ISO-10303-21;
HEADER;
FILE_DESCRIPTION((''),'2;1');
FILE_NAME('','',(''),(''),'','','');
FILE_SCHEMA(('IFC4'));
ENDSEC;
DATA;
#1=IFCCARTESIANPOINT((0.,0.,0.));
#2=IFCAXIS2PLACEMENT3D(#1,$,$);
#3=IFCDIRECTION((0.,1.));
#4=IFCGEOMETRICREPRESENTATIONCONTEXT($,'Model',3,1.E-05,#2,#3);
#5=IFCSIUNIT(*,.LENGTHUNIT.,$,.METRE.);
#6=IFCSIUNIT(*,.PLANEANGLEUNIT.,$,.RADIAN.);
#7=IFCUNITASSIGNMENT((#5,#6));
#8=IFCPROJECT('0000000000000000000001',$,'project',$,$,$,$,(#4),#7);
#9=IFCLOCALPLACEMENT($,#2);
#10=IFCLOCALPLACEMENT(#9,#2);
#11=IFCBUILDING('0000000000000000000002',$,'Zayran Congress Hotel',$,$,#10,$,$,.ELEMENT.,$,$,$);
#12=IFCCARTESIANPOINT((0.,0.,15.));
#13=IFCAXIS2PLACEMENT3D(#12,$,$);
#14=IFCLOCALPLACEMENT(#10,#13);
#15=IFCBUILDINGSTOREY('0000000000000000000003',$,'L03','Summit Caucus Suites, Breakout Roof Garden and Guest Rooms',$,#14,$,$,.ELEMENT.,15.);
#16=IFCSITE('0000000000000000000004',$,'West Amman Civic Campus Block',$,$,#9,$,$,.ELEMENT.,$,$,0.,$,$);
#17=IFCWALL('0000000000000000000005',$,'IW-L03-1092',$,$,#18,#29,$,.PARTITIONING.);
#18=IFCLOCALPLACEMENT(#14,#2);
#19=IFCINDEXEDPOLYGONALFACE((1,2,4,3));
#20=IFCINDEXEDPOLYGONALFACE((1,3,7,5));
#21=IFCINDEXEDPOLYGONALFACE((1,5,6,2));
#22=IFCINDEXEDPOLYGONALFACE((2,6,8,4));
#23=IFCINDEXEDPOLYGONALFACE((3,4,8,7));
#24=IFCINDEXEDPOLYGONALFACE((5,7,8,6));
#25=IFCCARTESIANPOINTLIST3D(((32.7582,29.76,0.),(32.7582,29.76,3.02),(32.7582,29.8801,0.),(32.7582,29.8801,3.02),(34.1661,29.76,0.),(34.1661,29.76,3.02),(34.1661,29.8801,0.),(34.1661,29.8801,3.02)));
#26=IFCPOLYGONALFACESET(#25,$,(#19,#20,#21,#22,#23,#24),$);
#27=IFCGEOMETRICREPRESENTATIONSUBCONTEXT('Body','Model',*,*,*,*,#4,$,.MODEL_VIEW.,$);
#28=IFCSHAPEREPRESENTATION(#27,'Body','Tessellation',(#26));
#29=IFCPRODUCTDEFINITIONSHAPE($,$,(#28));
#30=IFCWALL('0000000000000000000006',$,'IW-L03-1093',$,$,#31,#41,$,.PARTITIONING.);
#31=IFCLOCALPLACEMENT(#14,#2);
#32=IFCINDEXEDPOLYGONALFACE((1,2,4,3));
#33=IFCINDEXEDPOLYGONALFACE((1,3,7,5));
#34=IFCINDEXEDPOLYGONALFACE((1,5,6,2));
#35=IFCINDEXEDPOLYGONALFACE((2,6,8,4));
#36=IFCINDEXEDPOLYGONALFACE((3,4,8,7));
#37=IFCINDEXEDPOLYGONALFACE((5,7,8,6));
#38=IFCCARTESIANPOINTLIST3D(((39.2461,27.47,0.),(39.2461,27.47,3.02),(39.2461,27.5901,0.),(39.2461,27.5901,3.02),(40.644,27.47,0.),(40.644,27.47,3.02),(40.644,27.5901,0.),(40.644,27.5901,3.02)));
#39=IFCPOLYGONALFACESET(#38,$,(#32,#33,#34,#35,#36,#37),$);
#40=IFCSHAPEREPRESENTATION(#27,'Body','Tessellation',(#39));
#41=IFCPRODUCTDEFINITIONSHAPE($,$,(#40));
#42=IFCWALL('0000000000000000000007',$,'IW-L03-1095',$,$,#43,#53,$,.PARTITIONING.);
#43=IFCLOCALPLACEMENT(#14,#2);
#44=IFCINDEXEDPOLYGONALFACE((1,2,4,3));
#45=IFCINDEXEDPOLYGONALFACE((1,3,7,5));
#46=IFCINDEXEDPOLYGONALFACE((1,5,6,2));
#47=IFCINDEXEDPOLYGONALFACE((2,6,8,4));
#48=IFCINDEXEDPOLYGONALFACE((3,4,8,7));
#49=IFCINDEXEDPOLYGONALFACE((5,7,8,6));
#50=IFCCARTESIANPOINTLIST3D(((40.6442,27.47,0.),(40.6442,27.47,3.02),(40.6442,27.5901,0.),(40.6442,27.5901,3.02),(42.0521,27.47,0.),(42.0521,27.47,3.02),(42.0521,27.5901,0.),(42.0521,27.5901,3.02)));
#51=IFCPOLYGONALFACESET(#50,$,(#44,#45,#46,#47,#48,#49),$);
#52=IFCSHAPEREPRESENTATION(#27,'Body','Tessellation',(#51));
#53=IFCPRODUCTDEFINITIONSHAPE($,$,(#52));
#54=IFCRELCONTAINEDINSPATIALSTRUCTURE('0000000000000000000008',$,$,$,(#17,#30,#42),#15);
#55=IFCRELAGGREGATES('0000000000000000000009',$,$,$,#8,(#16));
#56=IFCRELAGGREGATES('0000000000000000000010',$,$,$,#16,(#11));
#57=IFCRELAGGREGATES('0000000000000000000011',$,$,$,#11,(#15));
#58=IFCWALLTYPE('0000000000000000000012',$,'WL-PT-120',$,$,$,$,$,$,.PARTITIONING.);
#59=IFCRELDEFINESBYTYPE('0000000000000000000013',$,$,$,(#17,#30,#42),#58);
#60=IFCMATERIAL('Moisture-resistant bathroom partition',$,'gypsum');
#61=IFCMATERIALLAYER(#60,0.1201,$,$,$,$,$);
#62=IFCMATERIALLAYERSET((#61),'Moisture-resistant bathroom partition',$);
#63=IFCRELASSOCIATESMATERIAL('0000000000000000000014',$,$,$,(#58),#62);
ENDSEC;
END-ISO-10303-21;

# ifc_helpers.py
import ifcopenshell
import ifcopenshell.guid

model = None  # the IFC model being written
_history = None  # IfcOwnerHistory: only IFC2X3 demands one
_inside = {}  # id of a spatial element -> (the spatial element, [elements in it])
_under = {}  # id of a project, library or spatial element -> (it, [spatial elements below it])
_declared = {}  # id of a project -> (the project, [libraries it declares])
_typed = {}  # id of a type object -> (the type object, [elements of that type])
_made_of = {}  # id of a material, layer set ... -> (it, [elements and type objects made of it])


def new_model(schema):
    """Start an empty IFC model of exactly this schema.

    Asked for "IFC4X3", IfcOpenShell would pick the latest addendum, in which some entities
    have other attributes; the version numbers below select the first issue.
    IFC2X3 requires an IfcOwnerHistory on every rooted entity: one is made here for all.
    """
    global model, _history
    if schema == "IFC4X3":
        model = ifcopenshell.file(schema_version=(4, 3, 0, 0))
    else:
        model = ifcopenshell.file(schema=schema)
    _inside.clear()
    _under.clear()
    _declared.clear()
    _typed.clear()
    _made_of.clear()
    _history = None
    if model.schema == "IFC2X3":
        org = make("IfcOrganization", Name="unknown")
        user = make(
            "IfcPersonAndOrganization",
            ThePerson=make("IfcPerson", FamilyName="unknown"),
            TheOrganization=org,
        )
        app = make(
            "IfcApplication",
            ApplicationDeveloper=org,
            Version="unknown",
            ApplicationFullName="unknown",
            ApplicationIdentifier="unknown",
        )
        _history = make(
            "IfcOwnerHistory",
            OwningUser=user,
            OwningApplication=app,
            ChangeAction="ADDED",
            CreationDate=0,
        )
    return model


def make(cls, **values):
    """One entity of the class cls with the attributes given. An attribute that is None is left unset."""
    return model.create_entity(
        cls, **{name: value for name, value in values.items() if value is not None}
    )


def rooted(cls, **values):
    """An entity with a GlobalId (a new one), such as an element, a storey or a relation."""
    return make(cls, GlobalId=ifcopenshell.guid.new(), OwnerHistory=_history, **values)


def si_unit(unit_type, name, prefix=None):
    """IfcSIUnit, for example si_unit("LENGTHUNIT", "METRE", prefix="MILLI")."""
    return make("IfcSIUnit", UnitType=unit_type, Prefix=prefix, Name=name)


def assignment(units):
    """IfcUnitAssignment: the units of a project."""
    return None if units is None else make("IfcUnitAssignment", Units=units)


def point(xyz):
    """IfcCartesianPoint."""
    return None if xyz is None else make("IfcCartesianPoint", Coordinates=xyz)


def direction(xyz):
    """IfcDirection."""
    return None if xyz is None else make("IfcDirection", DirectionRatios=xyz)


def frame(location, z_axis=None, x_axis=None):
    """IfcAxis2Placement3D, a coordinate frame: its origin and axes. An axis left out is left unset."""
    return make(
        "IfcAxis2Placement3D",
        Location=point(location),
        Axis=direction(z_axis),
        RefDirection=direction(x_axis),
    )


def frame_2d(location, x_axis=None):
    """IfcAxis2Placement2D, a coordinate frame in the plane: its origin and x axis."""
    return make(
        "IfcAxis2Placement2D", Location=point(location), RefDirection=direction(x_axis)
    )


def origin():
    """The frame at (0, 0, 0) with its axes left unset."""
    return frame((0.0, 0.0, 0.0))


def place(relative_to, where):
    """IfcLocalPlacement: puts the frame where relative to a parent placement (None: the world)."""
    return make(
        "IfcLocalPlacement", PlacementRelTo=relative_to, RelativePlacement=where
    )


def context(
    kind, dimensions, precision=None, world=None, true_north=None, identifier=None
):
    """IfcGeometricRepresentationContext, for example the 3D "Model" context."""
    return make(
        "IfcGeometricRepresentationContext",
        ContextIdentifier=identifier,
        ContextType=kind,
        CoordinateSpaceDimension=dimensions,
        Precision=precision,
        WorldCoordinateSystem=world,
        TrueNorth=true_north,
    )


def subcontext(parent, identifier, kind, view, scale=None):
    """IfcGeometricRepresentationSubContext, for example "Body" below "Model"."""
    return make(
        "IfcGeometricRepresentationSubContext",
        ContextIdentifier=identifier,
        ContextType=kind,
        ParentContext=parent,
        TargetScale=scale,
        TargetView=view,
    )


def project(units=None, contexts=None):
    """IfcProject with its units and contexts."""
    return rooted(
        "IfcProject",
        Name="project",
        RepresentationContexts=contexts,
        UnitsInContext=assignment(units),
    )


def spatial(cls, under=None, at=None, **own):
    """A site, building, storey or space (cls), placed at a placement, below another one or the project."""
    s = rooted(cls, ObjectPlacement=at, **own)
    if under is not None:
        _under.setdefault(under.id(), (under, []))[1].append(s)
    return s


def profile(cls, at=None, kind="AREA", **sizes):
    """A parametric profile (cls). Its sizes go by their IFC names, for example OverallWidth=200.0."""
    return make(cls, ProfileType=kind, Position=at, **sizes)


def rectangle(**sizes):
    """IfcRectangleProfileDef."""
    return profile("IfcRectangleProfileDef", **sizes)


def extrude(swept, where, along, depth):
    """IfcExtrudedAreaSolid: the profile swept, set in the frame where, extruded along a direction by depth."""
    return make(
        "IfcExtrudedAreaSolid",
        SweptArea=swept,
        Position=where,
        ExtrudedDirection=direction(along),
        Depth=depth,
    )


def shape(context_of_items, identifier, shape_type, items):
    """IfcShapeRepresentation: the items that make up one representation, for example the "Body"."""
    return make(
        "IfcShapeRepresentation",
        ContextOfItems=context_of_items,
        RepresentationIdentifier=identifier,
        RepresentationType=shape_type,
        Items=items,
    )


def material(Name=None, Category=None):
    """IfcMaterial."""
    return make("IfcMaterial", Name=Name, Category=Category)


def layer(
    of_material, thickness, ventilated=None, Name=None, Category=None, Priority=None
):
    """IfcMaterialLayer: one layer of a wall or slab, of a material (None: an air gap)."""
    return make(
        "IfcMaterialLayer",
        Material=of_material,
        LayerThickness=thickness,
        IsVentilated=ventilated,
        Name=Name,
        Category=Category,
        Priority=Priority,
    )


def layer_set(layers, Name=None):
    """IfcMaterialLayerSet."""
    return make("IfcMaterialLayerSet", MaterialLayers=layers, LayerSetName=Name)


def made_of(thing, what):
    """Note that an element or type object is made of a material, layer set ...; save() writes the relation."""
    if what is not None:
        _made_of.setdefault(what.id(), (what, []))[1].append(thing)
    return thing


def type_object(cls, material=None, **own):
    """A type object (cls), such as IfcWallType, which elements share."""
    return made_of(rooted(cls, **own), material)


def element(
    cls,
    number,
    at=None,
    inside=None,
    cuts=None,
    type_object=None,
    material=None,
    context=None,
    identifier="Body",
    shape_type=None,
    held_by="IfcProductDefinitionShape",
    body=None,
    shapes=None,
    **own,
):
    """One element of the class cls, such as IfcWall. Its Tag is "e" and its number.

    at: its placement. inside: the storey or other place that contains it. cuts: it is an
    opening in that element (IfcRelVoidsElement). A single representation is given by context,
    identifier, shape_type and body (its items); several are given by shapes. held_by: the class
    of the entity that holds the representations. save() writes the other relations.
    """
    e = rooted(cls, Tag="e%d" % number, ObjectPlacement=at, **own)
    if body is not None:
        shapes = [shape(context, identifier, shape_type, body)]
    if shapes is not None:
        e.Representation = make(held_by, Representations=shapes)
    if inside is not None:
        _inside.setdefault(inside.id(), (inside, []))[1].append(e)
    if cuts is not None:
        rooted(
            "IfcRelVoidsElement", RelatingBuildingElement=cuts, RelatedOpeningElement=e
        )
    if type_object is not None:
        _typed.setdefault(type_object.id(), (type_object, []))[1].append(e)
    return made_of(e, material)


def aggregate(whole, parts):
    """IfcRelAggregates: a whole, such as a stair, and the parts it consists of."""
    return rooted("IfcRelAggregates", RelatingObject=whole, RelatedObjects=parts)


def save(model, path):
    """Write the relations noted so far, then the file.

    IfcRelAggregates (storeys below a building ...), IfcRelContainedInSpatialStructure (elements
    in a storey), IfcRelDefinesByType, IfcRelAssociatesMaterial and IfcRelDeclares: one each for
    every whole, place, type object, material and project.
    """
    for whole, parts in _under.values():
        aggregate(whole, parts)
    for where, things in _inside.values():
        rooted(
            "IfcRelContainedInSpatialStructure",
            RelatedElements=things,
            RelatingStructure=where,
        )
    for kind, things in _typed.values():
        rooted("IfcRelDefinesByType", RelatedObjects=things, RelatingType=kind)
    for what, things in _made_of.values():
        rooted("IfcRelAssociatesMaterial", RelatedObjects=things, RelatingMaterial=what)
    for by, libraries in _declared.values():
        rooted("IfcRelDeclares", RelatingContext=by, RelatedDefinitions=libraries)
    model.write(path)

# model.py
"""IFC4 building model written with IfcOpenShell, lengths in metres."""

from ifc_helpers import new_model, si_unit, direction, frame, frame_2d, origin, place, context, subcontext, project, spatial, rectangle, extrude, material, layer, layer_set, type_object, element, save


model = new_model("IFC4")

# Units and contexts
model_context = context("Model", 3, precision=1e-05, world=origin(), true_north=direction((0.0, 1.0)))
body_context = subcontext(model_context, "Body", "Model", "MODEL_VIEW")
ifc_project = project(units=[si_unit("LENGTHUNIT", "METRE"), si_unit("PLANEANGLEUNIT", "RADIAN")], contexts=[model_context])

# Site, building, storey
site_placement = place(None, origin())
site = spatial("IfcSite", under=ifc_project, at=site_placement, Name="West Amman Civic Campus Block", CompositionType="ELEMENT", RefElevation=0.0)
building_placement = place(site_placement, origin())
building = spatial("IfcBuilding", under=site, at=building_placement, Name="Zayran Congress Hotel", CompositionType="ELEMENT")
storey_placement = place(building_placement, frame((0.0, 0.0, 15.0)))
storey = spatial("IfcBuildingStorey", under=building, at=storey_placement, Name="L03", Description="Summit Caucus Suites, Breakout Roof Garden and Guest Rooms", CompositionType="ELEMENT", Elevation=15.0)

# Shared definitions
ifc_material_1 = material(Name="Moisture-resistant bathroom partition", Category="gypsum")
ifc_layer_1 = layer(ifc_material_1, 0.1201)
ifc_layer_set_1 = layer_set([ifc_layer_1], Name="Moisture-resistant bathroom partition")
wall_type_1 = type_object("IfcWallType", Name="WL-PT-120", PredefinedType="PARTITIONING", material=ifc_layer_set_1)

# Walls
for number, where, z_axis, x_axis, name in (
    (1, (32.7581, 29.8201, 0.0), (0.0, 0.0, 1.0), (1.0, 0.0, 0.0), "IW-L03-1092"),
):
    element("IfcWall", number, at=place(storey_placement, frame(where, z_axis=z_axis, x_axis=x_axis)), inside=storey, type_object=wall_type_1, Name=name, PredefinedType="PARTITIONING", context=body_context, shape_type="SweptSolid", body=[
        extrude(rectangle(XDim=1.408, YDim=0.1201, at=frame_2d((0.7041, 0.0))), origin(), (0.0, 0.0, 1.0), 3.02),
    ])
wall_1_placement = place(storey_placement, frame((39.2461, 27.53, 0.0), z_axis=(0.0, 0.0, 1.0), x_axis=(1.0, 0.0, 0.0)))
element("IfcWall", 2, at=wall_1_placement, inside=storey, type_object=wall_type_1, Name="IW-L03-1093", PredefinedType="PARTITIONING", context=body_context, shape_type="SweptSolid", body=[
    extrude(rectangle(XDim=1.3979, YDim=0.1201, at=frame_2d((0.699, 0.0))), origin(), (0.0, 0.0, 1.0), 3.02),
])
wall_2_placement = place(storey_placement, frame((40.644, 27.53, 0.0), z_axis=(0.0, 0.0, 1.0), x_axis=(1.0, 0.0, 0.0)))
element("IfcWall", 3, at=wall_2_placement, inside=storey, type_object=wall_type_1, Name="IW-L03-1095", PredefinedType="PARTITIONING", context=body_context, shape_type="SweptSolid", body=[
    extrude(rectangle(XDim=1.408, YDim=0.1201, at=frame_2d((0.7041, 0.0))), origin(), (0.0, 0.0, 1.0), 3.02),
])

save(model, "model.ifc")
